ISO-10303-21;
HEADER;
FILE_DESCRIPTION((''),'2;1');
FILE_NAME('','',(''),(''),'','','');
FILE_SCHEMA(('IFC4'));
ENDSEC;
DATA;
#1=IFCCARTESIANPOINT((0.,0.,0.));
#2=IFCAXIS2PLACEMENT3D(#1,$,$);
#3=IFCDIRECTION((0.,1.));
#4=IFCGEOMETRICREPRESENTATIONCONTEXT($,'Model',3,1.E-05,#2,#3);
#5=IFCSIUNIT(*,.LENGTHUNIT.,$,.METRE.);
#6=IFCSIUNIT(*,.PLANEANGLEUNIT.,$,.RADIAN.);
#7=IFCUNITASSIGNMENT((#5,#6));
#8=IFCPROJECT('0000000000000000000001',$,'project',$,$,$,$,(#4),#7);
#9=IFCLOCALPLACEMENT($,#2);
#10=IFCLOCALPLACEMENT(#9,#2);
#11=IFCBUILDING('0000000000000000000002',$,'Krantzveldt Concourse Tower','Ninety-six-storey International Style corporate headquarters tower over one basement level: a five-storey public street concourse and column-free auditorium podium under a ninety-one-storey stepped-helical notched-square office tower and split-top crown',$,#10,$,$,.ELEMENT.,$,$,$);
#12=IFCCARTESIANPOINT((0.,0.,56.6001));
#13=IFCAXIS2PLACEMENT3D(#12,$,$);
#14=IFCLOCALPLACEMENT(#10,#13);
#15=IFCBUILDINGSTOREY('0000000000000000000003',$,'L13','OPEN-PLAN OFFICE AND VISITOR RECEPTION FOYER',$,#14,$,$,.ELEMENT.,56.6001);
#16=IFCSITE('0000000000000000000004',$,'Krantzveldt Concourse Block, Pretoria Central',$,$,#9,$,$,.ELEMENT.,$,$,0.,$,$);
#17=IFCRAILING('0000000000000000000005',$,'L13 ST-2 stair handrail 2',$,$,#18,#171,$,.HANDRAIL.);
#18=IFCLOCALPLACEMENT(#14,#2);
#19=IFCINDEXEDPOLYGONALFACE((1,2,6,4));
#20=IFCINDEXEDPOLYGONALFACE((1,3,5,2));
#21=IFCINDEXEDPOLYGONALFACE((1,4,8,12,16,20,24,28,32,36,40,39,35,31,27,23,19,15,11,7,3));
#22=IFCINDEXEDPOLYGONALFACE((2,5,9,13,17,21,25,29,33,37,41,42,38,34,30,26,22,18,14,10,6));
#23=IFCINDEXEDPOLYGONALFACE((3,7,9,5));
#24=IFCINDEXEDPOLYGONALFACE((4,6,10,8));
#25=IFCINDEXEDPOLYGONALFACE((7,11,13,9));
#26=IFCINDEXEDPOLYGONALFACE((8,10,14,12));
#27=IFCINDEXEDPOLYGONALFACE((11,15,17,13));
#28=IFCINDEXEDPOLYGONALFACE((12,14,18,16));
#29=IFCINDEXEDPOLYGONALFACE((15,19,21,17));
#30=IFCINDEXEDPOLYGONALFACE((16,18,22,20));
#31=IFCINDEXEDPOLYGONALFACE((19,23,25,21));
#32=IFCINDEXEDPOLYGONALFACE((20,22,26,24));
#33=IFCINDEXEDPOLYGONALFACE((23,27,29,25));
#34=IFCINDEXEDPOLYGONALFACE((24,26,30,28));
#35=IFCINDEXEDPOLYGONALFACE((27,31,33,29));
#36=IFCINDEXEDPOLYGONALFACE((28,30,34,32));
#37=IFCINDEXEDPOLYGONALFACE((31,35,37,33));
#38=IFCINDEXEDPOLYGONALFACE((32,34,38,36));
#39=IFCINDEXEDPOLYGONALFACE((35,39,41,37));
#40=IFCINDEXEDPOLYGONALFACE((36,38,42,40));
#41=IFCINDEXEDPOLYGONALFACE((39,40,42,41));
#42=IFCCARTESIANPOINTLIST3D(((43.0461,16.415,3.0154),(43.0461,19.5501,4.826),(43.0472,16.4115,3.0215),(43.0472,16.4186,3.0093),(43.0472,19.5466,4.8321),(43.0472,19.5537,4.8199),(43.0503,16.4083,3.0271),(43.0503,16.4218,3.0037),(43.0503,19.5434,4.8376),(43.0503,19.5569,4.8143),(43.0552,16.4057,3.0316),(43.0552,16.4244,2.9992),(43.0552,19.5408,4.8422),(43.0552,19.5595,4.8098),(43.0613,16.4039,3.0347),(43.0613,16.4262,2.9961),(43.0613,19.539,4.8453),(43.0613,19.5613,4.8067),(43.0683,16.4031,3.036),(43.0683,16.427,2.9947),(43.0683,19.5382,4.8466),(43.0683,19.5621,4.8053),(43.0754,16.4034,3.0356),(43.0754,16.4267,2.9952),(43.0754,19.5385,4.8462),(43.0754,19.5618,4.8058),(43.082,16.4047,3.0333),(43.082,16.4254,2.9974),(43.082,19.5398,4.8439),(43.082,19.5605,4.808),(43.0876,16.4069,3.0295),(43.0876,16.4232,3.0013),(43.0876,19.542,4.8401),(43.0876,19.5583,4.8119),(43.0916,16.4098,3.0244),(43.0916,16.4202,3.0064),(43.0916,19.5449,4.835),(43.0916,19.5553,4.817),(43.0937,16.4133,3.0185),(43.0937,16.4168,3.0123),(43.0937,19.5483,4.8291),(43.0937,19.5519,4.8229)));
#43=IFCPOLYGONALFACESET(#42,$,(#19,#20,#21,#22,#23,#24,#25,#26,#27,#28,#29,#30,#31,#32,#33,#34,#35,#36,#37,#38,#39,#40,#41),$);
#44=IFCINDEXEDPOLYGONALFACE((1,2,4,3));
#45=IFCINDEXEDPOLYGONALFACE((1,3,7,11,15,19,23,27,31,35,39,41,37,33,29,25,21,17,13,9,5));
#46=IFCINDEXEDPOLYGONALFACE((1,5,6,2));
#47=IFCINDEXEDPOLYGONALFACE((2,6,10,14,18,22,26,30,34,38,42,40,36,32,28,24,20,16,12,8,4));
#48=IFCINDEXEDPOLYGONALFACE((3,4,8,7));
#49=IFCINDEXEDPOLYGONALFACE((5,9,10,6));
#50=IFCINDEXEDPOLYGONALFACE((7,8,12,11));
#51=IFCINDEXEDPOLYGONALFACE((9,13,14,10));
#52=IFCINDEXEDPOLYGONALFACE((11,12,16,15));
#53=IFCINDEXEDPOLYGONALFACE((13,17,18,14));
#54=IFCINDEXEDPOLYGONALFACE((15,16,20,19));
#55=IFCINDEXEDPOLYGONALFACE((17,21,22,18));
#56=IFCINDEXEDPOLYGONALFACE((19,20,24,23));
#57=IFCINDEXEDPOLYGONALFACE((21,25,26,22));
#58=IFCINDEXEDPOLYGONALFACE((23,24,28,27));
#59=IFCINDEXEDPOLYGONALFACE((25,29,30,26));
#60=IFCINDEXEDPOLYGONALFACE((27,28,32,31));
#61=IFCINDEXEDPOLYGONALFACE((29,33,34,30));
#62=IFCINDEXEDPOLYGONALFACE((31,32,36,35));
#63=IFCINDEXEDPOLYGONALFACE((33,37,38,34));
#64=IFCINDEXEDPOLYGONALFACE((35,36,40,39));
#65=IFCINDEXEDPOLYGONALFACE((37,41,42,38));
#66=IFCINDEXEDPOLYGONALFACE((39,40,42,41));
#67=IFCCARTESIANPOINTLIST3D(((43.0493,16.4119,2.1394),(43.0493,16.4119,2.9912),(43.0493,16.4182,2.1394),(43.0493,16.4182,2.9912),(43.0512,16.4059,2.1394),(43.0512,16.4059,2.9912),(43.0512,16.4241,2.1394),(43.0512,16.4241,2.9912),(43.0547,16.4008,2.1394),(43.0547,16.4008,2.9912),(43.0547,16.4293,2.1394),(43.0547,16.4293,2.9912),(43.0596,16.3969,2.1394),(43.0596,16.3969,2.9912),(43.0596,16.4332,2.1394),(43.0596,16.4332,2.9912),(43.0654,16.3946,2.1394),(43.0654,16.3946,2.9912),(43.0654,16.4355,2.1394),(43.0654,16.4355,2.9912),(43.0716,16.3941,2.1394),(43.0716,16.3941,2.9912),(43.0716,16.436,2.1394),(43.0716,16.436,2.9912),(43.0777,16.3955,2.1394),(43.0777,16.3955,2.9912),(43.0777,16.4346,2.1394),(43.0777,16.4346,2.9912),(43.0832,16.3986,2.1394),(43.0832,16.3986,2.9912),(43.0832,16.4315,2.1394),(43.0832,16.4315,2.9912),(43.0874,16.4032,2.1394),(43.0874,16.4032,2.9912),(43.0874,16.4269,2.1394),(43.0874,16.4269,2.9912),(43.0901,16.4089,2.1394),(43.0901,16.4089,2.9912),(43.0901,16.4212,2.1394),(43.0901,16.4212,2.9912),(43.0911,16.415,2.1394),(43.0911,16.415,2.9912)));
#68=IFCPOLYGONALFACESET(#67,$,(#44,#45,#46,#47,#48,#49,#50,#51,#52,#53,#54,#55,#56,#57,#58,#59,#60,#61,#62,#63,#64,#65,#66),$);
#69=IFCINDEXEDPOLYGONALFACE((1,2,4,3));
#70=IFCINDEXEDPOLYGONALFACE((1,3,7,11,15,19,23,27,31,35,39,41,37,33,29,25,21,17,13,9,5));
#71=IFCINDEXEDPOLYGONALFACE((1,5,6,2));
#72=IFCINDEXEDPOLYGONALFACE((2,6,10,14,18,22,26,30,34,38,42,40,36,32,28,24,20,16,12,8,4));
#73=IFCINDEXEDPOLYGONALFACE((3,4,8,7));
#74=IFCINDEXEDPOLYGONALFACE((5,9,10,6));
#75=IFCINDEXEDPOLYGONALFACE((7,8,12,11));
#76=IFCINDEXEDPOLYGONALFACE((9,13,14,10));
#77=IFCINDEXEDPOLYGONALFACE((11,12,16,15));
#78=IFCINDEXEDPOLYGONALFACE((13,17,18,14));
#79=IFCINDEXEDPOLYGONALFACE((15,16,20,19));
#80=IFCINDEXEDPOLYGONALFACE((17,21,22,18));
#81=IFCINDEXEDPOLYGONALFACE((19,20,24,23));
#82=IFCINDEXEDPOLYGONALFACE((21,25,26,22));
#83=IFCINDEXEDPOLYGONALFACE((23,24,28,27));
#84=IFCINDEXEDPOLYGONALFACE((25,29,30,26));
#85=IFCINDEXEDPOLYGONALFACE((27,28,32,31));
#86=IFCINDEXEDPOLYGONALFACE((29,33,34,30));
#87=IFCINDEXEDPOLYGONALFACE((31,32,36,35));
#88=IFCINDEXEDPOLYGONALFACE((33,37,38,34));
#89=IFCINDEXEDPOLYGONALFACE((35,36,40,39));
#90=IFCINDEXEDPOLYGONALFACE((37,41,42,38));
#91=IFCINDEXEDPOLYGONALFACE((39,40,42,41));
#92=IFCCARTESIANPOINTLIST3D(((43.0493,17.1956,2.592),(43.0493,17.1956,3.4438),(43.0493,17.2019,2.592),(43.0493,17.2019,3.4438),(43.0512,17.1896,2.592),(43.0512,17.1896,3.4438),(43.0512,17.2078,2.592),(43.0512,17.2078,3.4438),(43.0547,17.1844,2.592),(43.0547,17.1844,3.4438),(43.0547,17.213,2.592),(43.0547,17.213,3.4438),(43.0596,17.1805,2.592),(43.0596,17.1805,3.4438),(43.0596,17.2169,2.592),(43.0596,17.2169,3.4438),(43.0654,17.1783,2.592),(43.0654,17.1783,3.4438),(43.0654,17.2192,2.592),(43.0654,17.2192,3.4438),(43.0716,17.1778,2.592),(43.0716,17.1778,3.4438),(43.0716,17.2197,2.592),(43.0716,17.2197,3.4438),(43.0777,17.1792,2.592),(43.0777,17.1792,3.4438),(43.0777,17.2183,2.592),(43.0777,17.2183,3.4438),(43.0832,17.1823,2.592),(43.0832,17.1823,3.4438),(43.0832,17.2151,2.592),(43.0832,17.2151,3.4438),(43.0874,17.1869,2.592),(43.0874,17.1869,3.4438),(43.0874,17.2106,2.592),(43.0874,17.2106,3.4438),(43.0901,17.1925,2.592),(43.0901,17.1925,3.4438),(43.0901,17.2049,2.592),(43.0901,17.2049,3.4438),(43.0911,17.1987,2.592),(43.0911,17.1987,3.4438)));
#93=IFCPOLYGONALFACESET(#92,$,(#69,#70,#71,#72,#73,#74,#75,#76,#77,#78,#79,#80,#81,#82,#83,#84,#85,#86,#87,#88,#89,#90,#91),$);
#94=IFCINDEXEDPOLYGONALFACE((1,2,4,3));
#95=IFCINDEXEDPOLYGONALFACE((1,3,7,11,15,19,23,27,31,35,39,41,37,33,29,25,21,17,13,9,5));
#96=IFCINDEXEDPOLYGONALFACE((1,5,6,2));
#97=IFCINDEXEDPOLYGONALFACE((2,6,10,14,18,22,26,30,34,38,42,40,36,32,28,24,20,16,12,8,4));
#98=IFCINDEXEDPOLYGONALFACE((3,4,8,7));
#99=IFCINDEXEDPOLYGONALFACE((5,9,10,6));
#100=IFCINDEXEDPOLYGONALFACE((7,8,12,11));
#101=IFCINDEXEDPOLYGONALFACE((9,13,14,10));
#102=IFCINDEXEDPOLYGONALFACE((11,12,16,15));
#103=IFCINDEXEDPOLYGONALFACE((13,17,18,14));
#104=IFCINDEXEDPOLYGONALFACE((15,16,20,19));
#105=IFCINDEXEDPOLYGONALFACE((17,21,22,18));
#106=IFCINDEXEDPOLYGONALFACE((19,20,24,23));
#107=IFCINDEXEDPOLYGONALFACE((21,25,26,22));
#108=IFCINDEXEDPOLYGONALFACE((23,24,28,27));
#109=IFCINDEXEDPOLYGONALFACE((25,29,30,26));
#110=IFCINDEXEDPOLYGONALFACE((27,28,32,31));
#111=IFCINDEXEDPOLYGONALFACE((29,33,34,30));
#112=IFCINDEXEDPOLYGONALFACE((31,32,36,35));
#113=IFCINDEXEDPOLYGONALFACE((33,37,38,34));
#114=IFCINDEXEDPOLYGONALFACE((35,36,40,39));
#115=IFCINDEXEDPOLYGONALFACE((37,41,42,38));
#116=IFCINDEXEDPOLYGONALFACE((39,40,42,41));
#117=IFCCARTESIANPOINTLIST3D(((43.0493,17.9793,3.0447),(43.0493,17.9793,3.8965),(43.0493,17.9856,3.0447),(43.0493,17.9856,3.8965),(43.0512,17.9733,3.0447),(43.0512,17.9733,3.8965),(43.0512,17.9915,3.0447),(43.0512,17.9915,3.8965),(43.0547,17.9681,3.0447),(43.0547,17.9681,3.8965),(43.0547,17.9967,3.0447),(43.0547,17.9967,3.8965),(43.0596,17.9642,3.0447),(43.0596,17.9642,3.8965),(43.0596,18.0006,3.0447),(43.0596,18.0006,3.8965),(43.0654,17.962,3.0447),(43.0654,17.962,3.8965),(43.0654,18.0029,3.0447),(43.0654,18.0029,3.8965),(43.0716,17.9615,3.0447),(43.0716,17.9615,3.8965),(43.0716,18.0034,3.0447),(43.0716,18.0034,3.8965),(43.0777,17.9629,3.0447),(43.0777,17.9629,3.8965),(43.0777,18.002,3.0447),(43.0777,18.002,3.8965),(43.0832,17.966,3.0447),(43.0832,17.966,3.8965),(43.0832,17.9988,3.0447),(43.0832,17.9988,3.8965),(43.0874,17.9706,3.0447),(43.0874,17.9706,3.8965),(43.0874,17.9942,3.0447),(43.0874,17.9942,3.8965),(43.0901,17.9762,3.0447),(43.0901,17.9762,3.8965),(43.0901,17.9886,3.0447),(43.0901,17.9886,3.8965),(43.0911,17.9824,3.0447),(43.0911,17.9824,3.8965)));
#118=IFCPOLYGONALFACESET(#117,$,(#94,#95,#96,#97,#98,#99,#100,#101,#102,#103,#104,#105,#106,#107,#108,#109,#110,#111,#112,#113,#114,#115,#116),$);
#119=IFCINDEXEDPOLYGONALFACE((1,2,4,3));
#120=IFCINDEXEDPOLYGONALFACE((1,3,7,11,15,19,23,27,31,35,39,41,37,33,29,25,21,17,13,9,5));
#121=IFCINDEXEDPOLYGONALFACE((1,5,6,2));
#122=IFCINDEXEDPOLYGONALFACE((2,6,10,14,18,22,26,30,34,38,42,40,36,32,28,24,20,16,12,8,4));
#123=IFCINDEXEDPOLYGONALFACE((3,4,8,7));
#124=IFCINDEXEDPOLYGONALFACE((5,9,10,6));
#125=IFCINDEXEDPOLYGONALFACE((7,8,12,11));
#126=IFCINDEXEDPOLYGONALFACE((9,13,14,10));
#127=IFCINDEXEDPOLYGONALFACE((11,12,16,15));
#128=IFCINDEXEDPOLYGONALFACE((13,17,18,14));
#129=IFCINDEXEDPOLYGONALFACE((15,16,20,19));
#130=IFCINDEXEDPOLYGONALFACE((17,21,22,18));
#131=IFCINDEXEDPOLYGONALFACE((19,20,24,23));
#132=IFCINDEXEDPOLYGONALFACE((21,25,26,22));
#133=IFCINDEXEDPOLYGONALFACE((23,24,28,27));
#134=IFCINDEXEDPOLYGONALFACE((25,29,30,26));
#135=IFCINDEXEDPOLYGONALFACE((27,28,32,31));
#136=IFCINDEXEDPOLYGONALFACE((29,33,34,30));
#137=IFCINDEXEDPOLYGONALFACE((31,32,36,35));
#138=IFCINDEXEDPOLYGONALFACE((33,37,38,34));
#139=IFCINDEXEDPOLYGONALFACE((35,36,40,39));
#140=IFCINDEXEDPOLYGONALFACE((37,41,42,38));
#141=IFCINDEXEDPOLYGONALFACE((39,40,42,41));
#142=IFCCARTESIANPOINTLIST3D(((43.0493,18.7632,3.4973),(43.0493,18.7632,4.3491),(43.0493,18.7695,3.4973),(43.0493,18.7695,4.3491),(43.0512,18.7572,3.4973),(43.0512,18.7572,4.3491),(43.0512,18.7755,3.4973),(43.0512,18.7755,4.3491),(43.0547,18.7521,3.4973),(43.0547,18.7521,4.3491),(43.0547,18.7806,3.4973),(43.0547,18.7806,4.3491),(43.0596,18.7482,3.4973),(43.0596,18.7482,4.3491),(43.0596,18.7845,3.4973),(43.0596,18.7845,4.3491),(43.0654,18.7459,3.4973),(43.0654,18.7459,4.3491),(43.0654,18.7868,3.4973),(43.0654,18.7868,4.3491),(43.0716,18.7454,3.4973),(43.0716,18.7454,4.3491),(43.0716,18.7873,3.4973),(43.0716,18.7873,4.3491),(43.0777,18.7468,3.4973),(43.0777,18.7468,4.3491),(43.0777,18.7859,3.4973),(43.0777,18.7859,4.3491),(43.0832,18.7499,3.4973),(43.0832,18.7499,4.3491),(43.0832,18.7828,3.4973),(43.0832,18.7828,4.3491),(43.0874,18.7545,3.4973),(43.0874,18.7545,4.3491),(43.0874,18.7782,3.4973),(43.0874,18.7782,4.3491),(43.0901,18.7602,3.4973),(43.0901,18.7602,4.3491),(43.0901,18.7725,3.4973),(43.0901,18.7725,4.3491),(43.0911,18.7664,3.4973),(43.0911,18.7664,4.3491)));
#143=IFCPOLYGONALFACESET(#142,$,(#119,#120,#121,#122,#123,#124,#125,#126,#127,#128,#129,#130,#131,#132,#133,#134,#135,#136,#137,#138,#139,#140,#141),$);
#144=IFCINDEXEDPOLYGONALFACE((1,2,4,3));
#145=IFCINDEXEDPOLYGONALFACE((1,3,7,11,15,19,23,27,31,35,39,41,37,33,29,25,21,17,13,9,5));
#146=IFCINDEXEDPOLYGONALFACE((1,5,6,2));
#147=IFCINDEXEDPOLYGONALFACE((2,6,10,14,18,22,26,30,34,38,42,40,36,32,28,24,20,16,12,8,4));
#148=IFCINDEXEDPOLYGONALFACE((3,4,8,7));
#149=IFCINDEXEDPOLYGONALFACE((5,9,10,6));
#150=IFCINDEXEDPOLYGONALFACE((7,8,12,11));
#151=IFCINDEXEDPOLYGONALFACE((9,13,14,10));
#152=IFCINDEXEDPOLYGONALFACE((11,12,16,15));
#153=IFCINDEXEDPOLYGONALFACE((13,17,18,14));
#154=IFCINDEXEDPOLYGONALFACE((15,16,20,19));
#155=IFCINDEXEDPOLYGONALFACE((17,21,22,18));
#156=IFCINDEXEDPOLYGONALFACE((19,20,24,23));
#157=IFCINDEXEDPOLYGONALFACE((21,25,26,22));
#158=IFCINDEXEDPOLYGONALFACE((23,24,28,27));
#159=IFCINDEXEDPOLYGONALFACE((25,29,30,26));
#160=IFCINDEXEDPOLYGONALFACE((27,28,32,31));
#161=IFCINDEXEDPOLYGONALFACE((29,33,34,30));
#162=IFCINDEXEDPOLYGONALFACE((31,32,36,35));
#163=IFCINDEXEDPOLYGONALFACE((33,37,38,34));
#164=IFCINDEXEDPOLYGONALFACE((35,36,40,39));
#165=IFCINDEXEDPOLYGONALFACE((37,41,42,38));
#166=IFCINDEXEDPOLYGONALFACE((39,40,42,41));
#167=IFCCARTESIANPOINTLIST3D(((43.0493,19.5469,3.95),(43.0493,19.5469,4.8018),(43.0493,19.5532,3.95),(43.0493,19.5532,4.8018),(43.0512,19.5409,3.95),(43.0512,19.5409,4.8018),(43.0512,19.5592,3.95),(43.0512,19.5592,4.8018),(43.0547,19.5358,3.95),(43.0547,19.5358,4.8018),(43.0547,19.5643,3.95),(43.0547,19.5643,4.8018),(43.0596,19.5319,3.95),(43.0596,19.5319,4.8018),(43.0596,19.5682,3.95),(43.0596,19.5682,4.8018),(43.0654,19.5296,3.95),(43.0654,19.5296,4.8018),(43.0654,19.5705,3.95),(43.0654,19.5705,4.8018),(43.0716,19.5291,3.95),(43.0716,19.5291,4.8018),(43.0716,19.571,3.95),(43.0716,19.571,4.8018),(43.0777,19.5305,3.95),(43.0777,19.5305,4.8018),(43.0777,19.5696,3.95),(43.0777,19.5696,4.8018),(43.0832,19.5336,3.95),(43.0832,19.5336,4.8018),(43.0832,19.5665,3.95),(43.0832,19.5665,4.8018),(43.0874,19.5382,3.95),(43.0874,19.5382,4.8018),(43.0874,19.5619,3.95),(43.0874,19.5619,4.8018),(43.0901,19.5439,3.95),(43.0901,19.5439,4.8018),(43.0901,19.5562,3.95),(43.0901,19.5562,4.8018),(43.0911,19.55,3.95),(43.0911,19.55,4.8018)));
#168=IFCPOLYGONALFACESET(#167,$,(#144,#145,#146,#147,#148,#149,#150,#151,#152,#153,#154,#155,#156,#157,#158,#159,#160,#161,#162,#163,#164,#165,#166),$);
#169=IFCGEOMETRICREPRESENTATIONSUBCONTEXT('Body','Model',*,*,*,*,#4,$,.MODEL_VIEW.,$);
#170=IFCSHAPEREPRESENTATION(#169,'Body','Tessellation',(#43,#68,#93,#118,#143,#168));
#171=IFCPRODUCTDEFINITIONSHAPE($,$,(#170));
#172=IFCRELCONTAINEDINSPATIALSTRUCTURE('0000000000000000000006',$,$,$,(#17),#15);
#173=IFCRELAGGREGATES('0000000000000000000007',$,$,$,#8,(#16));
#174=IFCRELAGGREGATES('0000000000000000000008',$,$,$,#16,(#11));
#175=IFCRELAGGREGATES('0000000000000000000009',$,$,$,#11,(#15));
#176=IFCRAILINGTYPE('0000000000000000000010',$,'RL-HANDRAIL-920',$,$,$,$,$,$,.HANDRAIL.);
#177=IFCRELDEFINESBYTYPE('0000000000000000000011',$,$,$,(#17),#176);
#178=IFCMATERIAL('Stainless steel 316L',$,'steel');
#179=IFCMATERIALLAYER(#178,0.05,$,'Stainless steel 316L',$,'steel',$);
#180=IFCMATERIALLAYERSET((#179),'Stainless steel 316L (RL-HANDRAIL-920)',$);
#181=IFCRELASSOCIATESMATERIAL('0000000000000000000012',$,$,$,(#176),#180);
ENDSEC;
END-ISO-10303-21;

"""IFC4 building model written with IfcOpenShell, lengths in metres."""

from ifc_helpers import new_model, si_unit, direction, frame, origin, origin_2d, place, context, subcontext, project, spatial, circle, extrude, material, layer, layer_set, type_object, element, save


model = new_model("IFC4")

# Units and contexts
model_context = context("Model", 3, precision=1e-05, world=origin(), true_north=direction((0.0, 1.0)))
body_context = subcontext(model_context, "Body", "Model", "MODEL_VIEW")
ifc_project = project(units=[si_unit("LENGTHUNIT", "METRE"), si_unit("PLANEANGLEUNIT", "RADIAN")], contexts=[model_context])

# Site, building, storey
site_placement = place(None, origin())
site = spatial("IfcSite", under=ifc_project, at=site_placement, Name="Krantzveldt Concourse Block, Pretoria Central", CompositionType="ELEMENT", RefElevation=0.0)
building_placement = place(site_placement, origin())
building = spatial("IfcBuilding", under=site, at=building_placement, Name="Krantzveldt Concourse Tower", Description="Ninety-six-storey International Style corporate headquarters tower over one basement level: a five-storey public street concourse and column-free auditorium podium under a ninety-one-storey stepped-helical notched-square office tower and split-top crown", CompositionType="ELEMENT")
storey_placement = place(building_placement, frame((0.0, 0.0, 56.6001)))
storey = spatial("IfcBuildingStorey", under=building, at=storey_placement, Name="L13", Description="OPEN-PLAN OFFICE AND VISITOR RECEPTION FOYER", CompositionType="ELEMENT", Elevation=56.6001)

# Shared definitions
ifc_material_1 = material(Name="Stainless steel 316L", Category="steel")

# Railing
ifc_layer_1 = layer(ifc_material_1, 0.05, Name="Stainless steel 316L", Category="steel")
ifc_layer_set_1 = layer_set([ifc_layer_1], Name="Stainless steel 316L (RL-HANDRAIL-920)")
railing_type_1 = type_object("IfcRailingType", Name="RL-HANDRAIL-920", PredefinedType="HANDRAIL", material=ifc_layer_set_1)
railing_1_placement = place(storey_placement, frame((43.0701, 16.415, 2.1394)))
element("IfcRailing", 1, at=railing_1_placement, inside=storey, type_object=railing_type_1, Name="L13 ST-2 stair handrail 2", PredefinedType="HANDRAIL", context=body_context, shape_type="SweptSolid", body=[
    extrude(circle(Radius=0.0239, at=origin_2d()), frame((0.0, 0.0, 0.876), z_axis=(0.0, 0.86596, 0.500114), x_axis=(-1.0, 0.0, 0.0)), (0.0, 0.0, 1.0), 3.6204),
    extrude(circle(Radius=0.021, at=origin_2d()), origin(), (0.0, 0.0, 1.0), 0.8518),
    extrude(circle(Radius=0.021, at=origin_2d()), frame((0.0, 0.7837, 0.4526)), (0.0, 0.0, 1.0), 0.8518),
    extrude(circle(Radius=0.021, at=origin_2d()), frame((0.0, 1.5674, 0.9053)), (0.0, 0.0, 1.0), 0.8518),
    extrude(circle(Radius=0.021, at=origin_2d()), frame((0.0, 2.3513, 1.3579)), (0.0, 0.0, 1.0), 0.8518),
    extrude(circle(Radius=0.021, at=origin_2d()), frame((0.0, 3.135, 1.8105)), (0.0, 0.0, 1.0), 0.8518),
])

save(model, "model.ifc")
